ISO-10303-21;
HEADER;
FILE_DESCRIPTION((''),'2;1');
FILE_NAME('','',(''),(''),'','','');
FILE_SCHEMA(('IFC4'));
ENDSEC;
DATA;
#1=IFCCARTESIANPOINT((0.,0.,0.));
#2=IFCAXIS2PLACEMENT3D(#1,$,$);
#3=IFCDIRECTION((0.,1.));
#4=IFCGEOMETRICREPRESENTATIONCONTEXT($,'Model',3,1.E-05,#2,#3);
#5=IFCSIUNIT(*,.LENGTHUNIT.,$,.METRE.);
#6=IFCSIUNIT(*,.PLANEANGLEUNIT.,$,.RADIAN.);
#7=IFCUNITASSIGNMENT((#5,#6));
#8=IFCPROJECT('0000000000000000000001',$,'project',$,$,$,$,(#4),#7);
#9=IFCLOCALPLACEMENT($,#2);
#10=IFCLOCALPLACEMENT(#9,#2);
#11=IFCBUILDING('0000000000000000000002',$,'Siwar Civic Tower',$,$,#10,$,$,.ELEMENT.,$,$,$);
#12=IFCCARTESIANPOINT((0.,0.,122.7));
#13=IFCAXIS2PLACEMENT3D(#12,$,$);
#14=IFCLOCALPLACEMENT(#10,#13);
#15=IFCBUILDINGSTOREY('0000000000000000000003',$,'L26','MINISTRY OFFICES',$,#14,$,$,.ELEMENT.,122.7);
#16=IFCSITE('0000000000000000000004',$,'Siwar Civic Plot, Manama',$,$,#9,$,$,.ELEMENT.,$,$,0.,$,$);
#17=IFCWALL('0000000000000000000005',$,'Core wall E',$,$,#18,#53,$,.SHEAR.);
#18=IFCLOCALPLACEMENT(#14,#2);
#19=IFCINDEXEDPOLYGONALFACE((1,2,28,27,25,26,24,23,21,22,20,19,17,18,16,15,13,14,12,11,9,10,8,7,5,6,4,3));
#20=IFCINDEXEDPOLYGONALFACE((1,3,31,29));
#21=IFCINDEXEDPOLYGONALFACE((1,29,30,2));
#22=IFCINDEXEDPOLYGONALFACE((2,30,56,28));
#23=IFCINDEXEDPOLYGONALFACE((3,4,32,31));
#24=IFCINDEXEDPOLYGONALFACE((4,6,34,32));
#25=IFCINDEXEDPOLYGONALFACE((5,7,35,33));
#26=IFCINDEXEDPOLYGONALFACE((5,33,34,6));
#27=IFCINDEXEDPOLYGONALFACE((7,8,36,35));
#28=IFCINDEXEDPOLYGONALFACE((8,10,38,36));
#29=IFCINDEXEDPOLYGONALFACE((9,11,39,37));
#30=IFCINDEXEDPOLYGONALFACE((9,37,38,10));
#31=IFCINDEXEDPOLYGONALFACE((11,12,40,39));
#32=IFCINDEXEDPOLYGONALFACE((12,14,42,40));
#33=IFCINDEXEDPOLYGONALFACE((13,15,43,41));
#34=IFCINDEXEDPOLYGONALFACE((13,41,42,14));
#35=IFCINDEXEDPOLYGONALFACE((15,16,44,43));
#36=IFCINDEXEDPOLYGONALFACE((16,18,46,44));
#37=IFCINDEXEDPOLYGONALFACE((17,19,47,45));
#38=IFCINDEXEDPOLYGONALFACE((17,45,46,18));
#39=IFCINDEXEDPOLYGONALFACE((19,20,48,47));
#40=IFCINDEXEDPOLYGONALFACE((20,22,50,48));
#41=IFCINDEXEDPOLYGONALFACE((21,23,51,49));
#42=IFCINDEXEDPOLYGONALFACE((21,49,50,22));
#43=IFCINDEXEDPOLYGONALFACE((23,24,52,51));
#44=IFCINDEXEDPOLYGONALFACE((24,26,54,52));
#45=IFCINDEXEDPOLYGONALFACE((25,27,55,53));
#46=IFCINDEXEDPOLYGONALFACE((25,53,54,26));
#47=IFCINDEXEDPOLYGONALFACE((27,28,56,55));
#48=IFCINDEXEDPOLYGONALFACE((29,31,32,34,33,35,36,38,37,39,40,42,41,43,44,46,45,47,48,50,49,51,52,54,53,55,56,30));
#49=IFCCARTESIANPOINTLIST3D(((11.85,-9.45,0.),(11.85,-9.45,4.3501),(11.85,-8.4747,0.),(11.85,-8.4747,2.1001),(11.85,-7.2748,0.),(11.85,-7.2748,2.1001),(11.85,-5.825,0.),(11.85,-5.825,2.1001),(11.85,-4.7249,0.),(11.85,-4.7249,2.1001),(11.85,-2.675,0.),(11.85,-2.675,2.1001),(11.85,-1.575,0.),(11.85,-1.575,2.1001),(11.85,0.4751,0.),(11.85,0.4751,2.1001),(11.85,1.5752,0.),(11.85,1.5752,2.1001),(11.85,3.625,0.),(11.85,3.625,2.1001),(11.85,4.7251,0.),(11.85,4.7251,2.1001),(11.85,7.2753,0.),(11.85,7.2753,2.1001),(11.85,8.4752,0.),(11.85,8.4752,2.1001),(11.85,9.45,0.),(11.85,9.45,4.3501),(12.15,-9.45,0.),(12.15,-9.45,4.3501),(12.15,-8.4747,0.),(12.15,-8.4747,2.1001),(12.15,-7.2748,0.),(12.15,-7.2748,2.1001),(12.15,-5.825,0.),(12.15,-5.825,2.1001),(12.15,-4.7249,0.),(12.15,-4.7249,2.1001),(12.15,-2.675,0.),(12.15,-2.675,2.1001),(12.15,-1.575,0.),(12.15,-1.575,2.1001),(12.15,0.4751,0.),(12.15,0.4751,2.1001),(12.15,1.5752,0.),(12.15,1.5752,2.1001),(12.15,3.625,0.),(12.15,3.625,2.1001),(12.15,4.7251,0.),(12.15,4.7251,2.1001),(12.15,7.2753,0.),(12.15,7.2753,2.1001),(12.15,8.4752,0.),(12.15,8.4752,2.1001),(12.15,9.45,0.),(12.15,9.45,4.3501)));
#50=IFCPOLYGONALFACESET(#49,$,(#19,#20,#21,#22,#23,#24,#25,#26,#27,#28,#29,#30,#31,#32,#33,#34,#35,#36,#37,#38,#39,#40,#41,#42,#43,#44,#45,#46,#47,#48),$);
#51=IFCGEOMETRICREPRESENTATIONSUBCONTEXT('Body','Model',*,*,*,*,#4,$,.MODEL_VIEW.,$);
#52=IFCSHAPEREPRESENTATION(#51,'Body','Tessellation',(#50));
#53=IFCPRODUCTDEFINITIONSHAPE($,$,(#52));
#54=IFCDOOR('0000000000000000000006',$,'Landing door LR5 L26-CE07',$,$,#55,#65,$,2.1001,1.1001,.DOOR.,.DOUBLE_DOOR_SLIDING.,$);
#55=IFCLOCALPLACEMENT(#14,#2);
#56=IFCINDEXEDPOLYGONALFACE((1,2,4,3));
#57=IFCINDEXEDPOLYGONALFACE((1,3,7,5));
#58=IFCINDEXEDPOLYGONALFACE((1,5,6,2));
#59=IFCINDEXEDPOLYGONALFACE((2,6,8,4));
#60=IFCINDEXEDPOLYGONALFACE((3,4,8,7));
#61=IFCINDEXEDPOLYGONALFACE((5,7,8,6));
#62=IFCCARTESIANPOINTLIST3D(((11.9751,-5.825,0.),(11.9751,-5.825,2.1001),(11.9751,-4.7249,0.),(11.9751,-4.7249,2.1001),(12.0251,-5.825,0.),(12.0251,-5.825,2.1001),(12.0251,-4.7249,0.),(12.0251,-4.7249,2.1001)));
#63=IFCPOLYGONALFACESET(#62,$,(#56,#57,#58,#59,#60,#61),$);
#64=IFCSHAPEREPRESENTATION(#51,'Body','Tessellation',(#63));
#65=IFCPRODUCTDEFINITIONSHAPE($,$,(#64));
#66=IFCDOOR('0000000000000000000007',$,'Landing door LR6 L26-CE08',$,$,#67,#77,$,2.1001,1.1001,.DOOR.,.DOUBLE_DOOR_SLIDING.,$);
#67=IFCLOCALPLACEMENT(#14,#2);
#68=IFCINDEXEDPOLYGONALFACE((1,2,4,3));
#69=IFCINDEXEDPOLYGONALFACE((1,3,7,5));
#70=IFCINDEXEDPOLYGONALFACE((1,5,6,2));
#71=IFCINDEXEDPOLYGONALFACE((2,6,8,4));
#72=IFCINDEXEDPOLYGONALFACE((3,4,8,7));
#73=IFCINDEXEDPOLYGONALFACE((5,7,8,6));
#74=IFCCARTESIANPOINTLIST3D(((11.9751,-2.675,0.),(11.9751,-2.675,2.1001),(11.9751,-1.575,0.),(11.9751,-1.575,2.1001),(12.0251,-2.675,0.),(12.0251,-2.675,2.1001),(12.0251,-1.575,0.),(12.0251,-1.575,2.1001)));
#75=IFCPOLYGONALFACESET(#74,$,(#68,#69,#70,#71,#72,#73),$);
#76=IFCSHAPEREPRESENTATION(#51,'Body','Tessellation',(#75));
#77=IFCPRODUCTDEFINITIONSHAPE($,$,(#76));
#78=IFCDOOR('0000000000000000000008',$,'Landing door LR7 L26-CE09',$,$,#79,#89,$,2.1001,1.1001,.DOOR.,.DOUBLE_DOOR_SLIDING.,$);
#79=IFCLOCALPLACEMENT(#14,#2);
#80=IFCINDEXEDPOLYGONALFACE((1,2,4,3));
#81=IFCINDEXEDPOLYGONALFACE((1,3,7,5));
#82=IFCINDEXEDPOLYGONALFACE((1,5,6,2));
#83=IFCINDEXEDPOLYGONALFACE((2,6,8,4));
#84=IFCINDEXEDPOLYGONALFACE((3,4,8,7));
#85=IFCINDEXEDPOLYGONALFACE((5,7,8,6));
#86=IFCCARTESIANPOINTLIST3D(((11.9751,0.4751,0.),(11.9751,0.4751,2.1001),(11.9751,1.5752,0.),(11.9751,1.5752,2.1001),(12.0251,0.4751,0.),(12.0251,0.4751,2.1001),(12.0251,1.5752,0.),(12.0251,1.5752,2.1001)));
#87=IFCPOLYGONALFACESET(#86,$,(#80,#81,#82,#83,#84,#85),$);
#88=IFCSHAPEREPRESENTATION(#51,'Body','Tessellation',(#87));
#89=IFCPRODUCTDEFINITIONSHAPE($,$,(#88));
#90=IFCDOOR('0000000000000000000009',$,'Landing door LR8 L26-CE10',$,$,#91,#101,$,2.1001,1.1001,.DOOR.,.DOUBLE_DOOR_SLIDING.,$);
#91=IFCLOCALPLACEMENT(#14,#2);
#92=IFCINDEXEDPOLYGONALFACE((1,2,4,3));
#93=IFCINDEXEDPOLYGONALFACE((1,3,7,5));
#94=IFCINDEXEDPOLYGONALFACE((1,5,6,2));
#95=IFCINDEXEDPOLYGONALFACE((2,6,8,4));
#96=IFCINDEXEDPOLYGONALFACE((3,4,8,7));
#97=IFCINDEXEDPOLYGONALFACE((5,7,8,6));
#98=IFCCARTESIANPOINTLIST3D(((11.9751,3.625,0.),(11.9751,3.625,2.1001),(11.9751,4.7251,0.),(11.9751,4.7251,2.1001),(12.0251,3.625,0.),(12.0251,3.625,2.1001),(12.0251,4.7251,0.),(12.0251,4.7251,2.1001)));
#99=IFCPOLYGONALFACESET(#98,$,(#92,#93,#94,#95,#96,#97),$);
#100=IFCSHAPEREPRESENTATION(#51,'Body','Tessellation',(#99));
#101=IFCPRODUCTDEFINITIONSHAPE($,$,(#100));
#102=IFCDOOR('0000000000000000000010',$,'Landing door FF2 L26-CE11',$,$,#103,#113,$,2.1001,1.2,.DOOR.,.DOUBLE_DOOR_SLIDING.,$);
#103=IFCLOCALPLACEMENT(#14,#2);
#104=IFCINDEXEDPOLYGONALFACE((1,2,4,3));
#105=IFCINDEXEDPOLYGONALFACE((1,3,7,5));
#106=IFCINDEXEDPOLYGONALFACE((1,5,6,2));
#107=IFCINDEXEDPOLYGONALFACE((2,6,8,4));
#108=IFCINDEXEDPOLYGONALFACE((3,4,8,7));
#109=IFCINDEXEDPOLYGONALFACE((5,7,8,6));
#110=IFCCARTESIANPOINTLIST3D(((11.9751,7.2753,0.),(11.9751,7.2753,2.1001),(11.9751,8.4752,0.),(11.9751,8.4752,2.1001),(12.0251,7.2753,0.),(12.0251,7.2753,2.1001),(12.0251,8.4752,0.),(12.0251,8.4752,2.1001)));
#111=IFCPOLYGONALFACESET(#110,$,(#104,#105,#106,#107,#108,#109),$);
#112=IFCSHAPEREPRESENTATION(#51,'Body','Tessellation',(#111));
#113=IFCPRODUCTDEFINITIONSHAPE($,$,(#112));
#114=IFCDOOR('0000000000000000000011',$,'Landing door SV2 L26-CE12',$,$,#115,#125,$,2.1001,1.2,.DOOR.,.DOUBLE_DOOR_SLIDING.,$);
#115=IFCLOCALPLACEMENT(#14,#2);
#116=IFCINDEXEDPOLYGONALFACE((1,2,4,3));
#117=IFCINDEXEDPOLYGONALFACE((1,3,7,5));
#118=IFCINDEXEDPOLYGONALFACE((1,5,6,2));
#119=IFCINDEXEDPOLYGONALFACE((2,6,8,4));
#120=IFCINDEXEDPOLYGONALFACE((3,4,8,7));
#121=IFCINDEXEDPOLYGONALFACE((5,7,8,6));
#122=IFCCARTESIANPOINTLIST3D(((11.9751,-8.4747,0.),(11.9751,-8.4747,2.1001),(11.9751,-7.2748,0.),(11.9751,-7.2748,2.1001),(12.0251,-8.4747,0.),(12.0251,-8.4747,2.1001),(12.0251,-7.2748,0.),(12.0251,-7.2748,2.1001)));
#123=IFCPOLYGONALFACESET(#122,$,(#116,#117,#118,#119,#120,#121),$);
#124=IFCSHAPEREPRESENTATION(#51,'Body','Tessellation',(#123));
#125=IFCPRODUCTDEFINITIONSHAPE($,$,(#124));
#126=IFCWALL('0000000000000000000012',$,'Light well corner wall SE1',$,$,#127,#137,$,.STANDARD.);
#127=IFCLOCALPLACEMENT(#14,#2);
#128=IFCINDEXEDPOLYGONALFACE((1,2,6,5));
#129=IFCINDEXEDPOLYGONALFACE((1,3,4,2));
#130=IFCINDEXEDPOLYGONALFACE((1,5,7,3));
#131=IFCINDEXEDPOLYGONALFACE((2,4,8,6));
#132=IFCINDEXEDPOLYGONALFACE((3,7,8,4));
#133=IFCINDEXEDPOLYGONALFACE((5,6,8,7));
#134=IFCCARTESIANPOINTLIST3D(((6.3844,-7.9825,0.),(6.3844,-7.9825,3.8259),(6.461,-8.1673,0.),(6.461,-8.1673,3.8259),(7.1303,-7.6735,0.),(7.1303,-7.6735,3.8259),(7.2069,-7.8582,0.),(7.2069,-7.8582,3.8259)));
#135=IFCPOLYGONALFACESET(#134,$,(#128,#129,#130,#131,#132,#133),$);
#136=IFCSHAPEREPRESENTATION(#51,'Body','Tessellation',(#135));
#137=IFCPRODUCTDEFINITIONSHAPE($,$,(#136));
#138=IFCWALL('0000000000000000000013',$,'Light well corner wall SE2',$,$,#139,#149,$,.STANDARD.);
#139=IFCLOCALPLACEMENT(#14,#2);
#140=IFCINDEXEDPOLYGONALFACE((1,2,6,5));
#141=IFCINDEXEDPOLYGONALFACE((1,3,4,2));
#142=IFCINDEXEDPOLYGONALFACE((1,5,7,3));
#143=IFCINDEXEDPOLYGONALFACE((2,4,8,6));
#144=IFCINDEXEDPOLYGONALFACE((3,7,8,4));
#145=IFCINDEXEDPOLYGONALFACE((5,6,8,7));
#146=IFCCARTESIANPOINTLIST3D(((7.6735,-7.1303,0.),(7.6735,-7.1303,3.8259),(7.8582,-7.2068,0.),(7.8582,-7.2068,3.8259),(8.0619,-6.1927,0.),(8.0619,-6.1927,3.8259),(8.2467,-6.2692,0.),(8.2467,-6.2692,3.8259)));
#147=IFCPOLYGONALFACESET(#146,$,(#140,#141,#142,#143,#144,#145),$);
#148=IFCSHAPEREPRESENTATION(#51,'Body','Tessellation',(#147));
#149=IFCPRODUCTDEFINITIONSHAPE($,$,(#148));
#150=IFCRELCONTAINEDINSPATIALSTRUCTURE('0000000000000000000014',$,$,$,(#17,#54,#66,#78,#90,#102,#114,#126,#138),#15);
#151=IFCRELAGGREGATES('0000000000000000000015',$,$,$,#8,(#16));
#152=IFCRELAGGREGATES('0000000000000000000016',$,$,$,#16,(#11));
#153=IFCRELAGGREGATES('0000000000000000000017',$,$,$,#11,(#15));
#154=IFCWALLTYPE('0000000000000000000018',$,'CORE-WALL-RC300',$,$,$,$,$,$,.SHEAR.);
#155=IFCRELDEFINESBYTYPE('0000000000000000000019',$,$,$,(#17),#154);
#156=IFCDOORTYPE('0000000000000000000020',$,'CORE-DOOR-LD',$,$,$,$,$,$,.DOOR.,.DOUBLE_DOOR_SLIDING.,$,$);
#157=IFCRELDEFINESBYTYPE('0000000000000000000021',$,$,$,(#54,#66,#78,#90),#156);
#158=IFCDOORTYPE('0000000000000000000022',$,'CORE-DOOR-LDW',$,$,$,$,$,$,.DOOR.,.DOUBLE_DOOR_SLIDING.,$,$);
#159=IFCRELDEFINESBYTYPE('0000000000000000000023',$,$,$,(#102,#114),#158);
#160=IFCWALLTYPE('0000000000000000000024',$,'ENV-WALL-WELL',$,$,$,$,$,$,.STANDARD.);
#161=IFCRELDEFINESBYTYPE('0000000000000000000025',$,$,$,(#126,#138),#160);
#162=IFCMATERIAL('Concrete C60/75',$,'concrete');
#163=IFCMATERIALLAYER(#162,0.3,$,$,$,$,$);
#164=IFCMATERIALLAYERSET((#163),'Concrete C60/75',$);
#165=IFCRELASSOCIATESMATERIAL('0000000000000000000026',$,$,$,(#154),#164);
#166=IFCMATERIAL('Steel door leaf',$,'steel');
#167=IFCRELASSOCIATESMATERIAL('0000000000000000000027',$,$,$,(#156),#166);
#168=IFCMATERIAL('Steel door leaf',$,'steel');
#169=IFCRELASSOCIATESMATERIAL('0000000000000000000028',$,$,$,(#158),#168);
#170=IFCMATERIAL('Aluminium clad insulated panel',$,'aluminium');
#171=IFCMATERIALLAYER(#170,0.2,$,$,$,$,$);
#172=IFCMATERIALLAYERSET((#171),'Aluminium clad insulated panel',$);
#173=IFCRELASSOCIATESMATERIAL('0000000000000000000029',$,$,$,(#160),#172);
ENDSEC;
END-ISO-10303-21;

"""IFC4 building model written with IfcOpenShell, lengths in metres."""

from ifc_helpers import new_model, si_unit, direction, frame, frame_2d, origin, place, context, subcontext, project, spatial, rectangle, extrude, material, layer, layer_set, type_object, element, fill, save


model = new_model("IFC4")

# Units and contexts
model_context = context("Model", 3, precision=1e-05, world=origin(), true_north=direction((0.0, 1.0)))
body_context = subcontext(model_context, "Body", "Model", "MODEL_VIEW")
ifc_project = project(units=[si_unit("LENGTHUNIT", "METRE"), si_unit("PLANEANGLEUNIT", "RADIAN")], contexts=[model_context])

# Site, building, storey
site_placement = place(None, origin())
site = spatial("IfcSite", under=ifc_project, at=site_placement, Name="Siwar Civic Plot, Manama", CompositionType="ELEMENT", RefElevation=0.0)
building_placement = place(site_placement, origin())
building = spatial("IfcBuilding", under=site, at=building_placement, Name="Siwar Civic Tower", CompositionType="ELEMENT")
storey_placement = place(building_placement, frame((0.0, 0.0, 122.7)))
storey = spatial("IfcBuildingStorey", under=building, at=storey_placement, Name="L26", Description="MINISTRY OFFICES", CompositionType="ELEMENT", Elevation=122.7)

# Wall, openings, doors
ifc_material_1 = material(Name="Concrete C60/75", Category="concrete")
ifc_layer_1 = layer(ifc_material_1, 0.3)
ifc_layer_set_1 = layer_set([ifc_layer_1], Name="Concrete C60/75")
wall_type_1 = type_object("IfcWallType", Name="CORE-WALL-RC300", PredefinedType="SHEAR", material=ifc_layer_set_1)
wall_1_placement = place(storey_placement, frame((12.0, -9.45, 0.0), z_axis=(0.0, 0.0, 1.0), x_axis=(0.0, 1.0, 0.0)))
wall_1 = element("IfcWall", 1, at=wall_1_placement, inside=storey, type_object=wall_type_1, Name="Core wall E", PredefinedType="SHEAR", context=body_context, shape_type="SweptSolid", body=[
    extrude(rectangle(XDim=18.8999, YDim=0.3, at=frame_2d((9.45, 0.0))), origin(), (0.0, 0.0, 1.0), 4.3501),
])
opening_1_placement = place(wall_1_placement, frame((3.625, 0.0, 0.0)))
opening_1 = element("IfcOpeningElement", 2, at=opening_1_placement, cuts=wall_1, PredefinedType="OPENING", context=body_context, shape_type="SweptSolid", body=[
    extrude(rectangle(XDim=1.1001, YDim=2.1001, at=frame_2d((0.55, 1.05))), frame((0.0, 0.1602, 0.0), z_axis=(0.0, -1.0, 0.0), x_axis=(1.0, 0.0, 0.0)), (0.0, 0.0, 1.0), 0.3201),
])
opening_2_placement = place(wall_1_placement, frame((6.7749, 0.0, 0.0)))
opening_2 = element("IfcOpeningElement", 3, at=opening_2_placement, cuts=wall_1, PredefinedType="OPENING", context=body_context, shape_type="SweptSolid", body=[
    extrude(rectangle(XDim=1.1001, YDim=2.1001, at=frame_2d((0.55, 1.05))), frame((0.0, 0.1602, 0.0), z_axis=(0.0, -1.0, 0.0), x_axis=(1.0, 0.0, 0.0)), (0.0, 0.0, 1.0), 0.3201),
])
opening_3_placement = place(wall_1_placement, frame((9.925, 0.0, 0.0)))
opening_3 = element("IfcOpeningElement", 4, at=opening_3_placement, cuts=wall_1, PredefinedType="OPENING", context=body_context, shape_type="SweptSolid", body=[
    extrude(rectangle(XDim=1.1001, YDim=2.1001, at=frame_2d((0.55, 1.05))), frame((0.0, 0.1602, 0.0), z_axis=(0.0, -1.0, 0.0), x_axis=(1.0, 0.0, 0.0)), (0.0, 0.0, 1.0), 0.3201),
])
opening_4_placement = place(wall_1_placement, frame((13.075, 0.0, 0.0)))
opening_4 = element("IfcOpeningElement", 5, at=opening_4_placement, cuts=wall_1, PredefinedType="OPENING", context=body_context, shape_type="SweptSolid", body=[
    extrude(rectangle(XDim=1.1001, YDim=2.1001, at=frame_2d((0.55, 1.05))), frame((0.0, 0.1602, 0.0), z_axis=(0.0, -1.0, 0.0), x_axis=(1.0, 0.0, 0.0)), (0.0, 0.0, 1.0), 0.3201),
])
opening_5_placement = place(wall_1_placement, frame((16.7251, 0.0, 0.0)))
opening_5 = element("IfcOpeningElement", 6, at=opening_5_placement, cuts=wall_1, PredefinedType="OPENING", context=body_context, shape_type="SweptSolid", body=[
    extrude(rectangle(XDim=1.2, YDim=2.1001, at=frame_2d((0.6001, 1.05))), frame((0.0, 0.1602, 0.0), z_axis=(0.0, -1.0, 0.0), x_axis=(1.0, 0.0, 0.0)), (0.0, 0.0, 1.0), 0.3201),
])
opening_6_placement = place(wall_1_placement, frame((0.9751, 0.0, 0.0)))
opening_6 = element("IfcOpeningElement", 7, at=opening_6_placement, cuts=wall_1, PredefinedType="OPENING", context=body_context, shape_type="SweptSolid", body=[
    extrude(rectangle(XDim=1.2, YDim=2.1001, at=frame_2d((0.6001, 1.05))), frame((0.0, 0.1602, 0.0), z_axis=(0.0, -1.0, 0.0), x_axis=(1.0, 0.0, 0.0)), (0.0, 0.0, 1.0), 0.3201),
])
ifc_material_2 = material(Name="Steel door leaf", Category="steel")
door_type_1 = type_object("IfcDoorType", Name="CORE-DOOR-LD", OperationType="DOUBLE_DOOR_SLIDING", PredefinedType="DOOR", material=ifc_material_2)
door_1_placement = place(opening_1_placement, origin())
door_1 = element("IfcDoor", 8, at=door_1_placement, inside=storey, type_object=door_type_1, Name="Landing door LR5 L26-CE07", OperationType="DOUBLE_DOOR_SLIDING", OverallHeight=2.1001, OverallWidth=1.1001, PredefinedType="DOOR", context=body_context, shape_type="SweptSolid", body=[
    extrude(rectangle(XDim=1.1001, YDim=2.1001, at=frame_2d((0.55, 1.05))), frame((0.0, 0.0249, 0.0), z_axis=(0.0, -1.0, 0.0), x_axis=(1.0, 0.0, 0.0)), (0.0, 0.0, 1.0), 0.05),
])
fill(opening_1, door_1)
door_2_placement = place(opening_2_placement, origin())
door_2 = element("IfcDoor", 9, at=door_2_placement, inside=storey, type_object=door_type_1, Name="Landing door LR6 L26-CE08", OperationType="DOUBLE_DOOR_SLIDING", OverallHeight=2.1001, OverallWidth=1.1001, PredefinedType="DOOR", context=body_context, shape_type="SweptSolid", body=[
    extrude(rectangle(XDim=1.1001, YDim=2.1001, at=frame_2d((0.55, 1.05))), frame((0.0, 0.0249, 0.0), z_axis=(0.0, -1.0, 0.0), x_axis=(1.0, 0.0, 0.0)), (0.0, 0.0, 1.0), 0.05),
])
fill(opening_2, door_2)
door_3_placement = place(opening_3_placement, origin())
door_3 = element("IfcDoor", 10, at=door_3_placement, inside=storey, type_object=door_type_1, Name="Landing door LR7 L26-CE09", OperationType="DOUBLE_DOOR_SLIDING", OverallHeight=2.1001, OverallWidth=1.1001, PredefinedType="DOOR", context=body_context, shape_type="SweptSolid", body=[
    extrude(rectangle(XDim=1.1001, YDim=2.1001, at=frame_2d((0.55, 1.05))), frame((0.0, 0.0249, 0.0), z_axis=(0.0, -1.0, 0.0), x_axis=(1.0, 0.0, 0.0)), (0.0, 0.0, 1.0), 0.05),
])
fill(opening_3, door_3)
door_4_placement = place(opening_4_placement, origin())
door_4 = element("IfcDoor", 11, at=door_4_placement, inside=storey, type_object=door_type_1, Name="Landing door LR8 L26-CE10", OperationType="DOUBLE_DOOR_SLIDING", OverallHeight=2.1001, OverallWidth=1.1001, PredefinedType="DOOR", context=body_context, shape_type="SweptSolid", body=[
    extrude(rectangle(XDim=1.1001, YDim=2.1001, at=frame_2d((0.55, 1.05))), frame((0.0, 0.0249, 0.0), z_axis=(0.0, -1.0, 0.0), x_axis=(1.0, 0.0, 0.0)), (0.0, 0.0, 1.0), 0.05),
])
fill(opening_4, door_4)
ifc_material_3 = material(Name="Steel door leaf", Category="steel")
door_type_2 = type_object("IfcDoorType", Name="CORE-DOOR-LDW", OperationType="DOUBLE_DOOR_SLIDING", PredefinedType="DOOR", material=ifc_material_3)
door_5_placement = place(opening_5_placement, origin())
door_5 = element("IfcDoor", 12, at=door_5_placement, inside=storey, type_object=door_type_2, Name="Landing door FF2 L26-CE11", OperationType="DOUBLE_DOOR_SLIDING", OverallHeight=2.1001, OverallWidth=1.2, PredefinedType="DOOR", context=body_context, shape_type="SweptSolid", body=[
    extrude(rectangle(XDim=1.2, YDim=2.1001, at=frame_2d((0.6001, 1.05))), frame((0.0, 0.0249, 0.0), z_axis=(0.0, -1.0, 0.0), x_axis=(1.0, 0.0, 0.0)), (0.0, 0.0, 1.0), 0.05),
])
fill(opening_5, door_5)
door_6_placement = place(opening_6_placement, origin())
door_6 = element("IfcDoor", 13, at=door_6_placement, inside=storey, type_object=door_type_2, Name="Landing door SV2 L26-CE12", OperationType="DOUBLE_DOOR_SLIDING", OverallHeight=2.1001, OverallWidth=1.2, PredefinedType="DOOR", context=body_context, shape_type="SweptSolid", body=[
    extrude(rectangle(XDim=1.2, YDim=2.1001, at=frame_2d((0.6001, 1.05))), frame((0.0, 0.0249, 0.0), z_axis=(0.0, -1.0, 0.0), x_axis=(1.0, 0.0, 0.0)), (0.0, 0.0, 1.0), 0.05),
])
fill(opening_6, door_6)

# Walls
ifc_material_4 = material(Name="Aluminium clad insulated panel", Category="aluminium")
ifc_layer_2 = layer(ifc_material_4, 0.2)
ifc_layer_set_2 = layer_set([ifc_layer_2], Name="Aluminium clad insulated panel")
wall_type_2 = type_object("IfcWallType", Name="ENV-WALL-WELL", PredefinedType="STANDARD", material=ifc_layer_set_2)
wall_2_placement = place(storey_placement, frame((6.4226, -8.075, 0.0), z_axis=(0.0, 0.0, 1.0), x_axis=(0.923818, 0.382833, 0.0)))
element("IfcWall", 14, at=wall_2_placement, inside=storey, type_object=wall_type_2, Name="Light well corner wall SE1", PredefinedType="STANDARD", context=body_context, shape_type="SweptSolid", body=[
    extrude(rectangle(XDim=0.8074, YDim=0.2, at=frame_2d((0.4038, 0.0))), origin(), (0.0, 0.0, 1.0), 3.8259),
])
wall_3_placement = place(storey_placement, frame((7.7659, -7.1685, 0.0), z_axis=(0.0, 0.0, 1.0), x_axis=(0.38277, 0.923844, 0.0)))
element("IfcWall", 15, at=wall_3_placement, inside=storey, type_object=wall_type_2, Name="Light well corner wall SE2", PredefinedType="STANDARD", context=body_context, shape_type="SweptSolid", body=[
    extrude(rectangle(XDim=1.0149, YDim=0.2, at=frame_2d((0.5073, 0.0))), origin(), (0.0, 0.0, 1.0), 3.8259),
])

save(model, "model.ifc")
